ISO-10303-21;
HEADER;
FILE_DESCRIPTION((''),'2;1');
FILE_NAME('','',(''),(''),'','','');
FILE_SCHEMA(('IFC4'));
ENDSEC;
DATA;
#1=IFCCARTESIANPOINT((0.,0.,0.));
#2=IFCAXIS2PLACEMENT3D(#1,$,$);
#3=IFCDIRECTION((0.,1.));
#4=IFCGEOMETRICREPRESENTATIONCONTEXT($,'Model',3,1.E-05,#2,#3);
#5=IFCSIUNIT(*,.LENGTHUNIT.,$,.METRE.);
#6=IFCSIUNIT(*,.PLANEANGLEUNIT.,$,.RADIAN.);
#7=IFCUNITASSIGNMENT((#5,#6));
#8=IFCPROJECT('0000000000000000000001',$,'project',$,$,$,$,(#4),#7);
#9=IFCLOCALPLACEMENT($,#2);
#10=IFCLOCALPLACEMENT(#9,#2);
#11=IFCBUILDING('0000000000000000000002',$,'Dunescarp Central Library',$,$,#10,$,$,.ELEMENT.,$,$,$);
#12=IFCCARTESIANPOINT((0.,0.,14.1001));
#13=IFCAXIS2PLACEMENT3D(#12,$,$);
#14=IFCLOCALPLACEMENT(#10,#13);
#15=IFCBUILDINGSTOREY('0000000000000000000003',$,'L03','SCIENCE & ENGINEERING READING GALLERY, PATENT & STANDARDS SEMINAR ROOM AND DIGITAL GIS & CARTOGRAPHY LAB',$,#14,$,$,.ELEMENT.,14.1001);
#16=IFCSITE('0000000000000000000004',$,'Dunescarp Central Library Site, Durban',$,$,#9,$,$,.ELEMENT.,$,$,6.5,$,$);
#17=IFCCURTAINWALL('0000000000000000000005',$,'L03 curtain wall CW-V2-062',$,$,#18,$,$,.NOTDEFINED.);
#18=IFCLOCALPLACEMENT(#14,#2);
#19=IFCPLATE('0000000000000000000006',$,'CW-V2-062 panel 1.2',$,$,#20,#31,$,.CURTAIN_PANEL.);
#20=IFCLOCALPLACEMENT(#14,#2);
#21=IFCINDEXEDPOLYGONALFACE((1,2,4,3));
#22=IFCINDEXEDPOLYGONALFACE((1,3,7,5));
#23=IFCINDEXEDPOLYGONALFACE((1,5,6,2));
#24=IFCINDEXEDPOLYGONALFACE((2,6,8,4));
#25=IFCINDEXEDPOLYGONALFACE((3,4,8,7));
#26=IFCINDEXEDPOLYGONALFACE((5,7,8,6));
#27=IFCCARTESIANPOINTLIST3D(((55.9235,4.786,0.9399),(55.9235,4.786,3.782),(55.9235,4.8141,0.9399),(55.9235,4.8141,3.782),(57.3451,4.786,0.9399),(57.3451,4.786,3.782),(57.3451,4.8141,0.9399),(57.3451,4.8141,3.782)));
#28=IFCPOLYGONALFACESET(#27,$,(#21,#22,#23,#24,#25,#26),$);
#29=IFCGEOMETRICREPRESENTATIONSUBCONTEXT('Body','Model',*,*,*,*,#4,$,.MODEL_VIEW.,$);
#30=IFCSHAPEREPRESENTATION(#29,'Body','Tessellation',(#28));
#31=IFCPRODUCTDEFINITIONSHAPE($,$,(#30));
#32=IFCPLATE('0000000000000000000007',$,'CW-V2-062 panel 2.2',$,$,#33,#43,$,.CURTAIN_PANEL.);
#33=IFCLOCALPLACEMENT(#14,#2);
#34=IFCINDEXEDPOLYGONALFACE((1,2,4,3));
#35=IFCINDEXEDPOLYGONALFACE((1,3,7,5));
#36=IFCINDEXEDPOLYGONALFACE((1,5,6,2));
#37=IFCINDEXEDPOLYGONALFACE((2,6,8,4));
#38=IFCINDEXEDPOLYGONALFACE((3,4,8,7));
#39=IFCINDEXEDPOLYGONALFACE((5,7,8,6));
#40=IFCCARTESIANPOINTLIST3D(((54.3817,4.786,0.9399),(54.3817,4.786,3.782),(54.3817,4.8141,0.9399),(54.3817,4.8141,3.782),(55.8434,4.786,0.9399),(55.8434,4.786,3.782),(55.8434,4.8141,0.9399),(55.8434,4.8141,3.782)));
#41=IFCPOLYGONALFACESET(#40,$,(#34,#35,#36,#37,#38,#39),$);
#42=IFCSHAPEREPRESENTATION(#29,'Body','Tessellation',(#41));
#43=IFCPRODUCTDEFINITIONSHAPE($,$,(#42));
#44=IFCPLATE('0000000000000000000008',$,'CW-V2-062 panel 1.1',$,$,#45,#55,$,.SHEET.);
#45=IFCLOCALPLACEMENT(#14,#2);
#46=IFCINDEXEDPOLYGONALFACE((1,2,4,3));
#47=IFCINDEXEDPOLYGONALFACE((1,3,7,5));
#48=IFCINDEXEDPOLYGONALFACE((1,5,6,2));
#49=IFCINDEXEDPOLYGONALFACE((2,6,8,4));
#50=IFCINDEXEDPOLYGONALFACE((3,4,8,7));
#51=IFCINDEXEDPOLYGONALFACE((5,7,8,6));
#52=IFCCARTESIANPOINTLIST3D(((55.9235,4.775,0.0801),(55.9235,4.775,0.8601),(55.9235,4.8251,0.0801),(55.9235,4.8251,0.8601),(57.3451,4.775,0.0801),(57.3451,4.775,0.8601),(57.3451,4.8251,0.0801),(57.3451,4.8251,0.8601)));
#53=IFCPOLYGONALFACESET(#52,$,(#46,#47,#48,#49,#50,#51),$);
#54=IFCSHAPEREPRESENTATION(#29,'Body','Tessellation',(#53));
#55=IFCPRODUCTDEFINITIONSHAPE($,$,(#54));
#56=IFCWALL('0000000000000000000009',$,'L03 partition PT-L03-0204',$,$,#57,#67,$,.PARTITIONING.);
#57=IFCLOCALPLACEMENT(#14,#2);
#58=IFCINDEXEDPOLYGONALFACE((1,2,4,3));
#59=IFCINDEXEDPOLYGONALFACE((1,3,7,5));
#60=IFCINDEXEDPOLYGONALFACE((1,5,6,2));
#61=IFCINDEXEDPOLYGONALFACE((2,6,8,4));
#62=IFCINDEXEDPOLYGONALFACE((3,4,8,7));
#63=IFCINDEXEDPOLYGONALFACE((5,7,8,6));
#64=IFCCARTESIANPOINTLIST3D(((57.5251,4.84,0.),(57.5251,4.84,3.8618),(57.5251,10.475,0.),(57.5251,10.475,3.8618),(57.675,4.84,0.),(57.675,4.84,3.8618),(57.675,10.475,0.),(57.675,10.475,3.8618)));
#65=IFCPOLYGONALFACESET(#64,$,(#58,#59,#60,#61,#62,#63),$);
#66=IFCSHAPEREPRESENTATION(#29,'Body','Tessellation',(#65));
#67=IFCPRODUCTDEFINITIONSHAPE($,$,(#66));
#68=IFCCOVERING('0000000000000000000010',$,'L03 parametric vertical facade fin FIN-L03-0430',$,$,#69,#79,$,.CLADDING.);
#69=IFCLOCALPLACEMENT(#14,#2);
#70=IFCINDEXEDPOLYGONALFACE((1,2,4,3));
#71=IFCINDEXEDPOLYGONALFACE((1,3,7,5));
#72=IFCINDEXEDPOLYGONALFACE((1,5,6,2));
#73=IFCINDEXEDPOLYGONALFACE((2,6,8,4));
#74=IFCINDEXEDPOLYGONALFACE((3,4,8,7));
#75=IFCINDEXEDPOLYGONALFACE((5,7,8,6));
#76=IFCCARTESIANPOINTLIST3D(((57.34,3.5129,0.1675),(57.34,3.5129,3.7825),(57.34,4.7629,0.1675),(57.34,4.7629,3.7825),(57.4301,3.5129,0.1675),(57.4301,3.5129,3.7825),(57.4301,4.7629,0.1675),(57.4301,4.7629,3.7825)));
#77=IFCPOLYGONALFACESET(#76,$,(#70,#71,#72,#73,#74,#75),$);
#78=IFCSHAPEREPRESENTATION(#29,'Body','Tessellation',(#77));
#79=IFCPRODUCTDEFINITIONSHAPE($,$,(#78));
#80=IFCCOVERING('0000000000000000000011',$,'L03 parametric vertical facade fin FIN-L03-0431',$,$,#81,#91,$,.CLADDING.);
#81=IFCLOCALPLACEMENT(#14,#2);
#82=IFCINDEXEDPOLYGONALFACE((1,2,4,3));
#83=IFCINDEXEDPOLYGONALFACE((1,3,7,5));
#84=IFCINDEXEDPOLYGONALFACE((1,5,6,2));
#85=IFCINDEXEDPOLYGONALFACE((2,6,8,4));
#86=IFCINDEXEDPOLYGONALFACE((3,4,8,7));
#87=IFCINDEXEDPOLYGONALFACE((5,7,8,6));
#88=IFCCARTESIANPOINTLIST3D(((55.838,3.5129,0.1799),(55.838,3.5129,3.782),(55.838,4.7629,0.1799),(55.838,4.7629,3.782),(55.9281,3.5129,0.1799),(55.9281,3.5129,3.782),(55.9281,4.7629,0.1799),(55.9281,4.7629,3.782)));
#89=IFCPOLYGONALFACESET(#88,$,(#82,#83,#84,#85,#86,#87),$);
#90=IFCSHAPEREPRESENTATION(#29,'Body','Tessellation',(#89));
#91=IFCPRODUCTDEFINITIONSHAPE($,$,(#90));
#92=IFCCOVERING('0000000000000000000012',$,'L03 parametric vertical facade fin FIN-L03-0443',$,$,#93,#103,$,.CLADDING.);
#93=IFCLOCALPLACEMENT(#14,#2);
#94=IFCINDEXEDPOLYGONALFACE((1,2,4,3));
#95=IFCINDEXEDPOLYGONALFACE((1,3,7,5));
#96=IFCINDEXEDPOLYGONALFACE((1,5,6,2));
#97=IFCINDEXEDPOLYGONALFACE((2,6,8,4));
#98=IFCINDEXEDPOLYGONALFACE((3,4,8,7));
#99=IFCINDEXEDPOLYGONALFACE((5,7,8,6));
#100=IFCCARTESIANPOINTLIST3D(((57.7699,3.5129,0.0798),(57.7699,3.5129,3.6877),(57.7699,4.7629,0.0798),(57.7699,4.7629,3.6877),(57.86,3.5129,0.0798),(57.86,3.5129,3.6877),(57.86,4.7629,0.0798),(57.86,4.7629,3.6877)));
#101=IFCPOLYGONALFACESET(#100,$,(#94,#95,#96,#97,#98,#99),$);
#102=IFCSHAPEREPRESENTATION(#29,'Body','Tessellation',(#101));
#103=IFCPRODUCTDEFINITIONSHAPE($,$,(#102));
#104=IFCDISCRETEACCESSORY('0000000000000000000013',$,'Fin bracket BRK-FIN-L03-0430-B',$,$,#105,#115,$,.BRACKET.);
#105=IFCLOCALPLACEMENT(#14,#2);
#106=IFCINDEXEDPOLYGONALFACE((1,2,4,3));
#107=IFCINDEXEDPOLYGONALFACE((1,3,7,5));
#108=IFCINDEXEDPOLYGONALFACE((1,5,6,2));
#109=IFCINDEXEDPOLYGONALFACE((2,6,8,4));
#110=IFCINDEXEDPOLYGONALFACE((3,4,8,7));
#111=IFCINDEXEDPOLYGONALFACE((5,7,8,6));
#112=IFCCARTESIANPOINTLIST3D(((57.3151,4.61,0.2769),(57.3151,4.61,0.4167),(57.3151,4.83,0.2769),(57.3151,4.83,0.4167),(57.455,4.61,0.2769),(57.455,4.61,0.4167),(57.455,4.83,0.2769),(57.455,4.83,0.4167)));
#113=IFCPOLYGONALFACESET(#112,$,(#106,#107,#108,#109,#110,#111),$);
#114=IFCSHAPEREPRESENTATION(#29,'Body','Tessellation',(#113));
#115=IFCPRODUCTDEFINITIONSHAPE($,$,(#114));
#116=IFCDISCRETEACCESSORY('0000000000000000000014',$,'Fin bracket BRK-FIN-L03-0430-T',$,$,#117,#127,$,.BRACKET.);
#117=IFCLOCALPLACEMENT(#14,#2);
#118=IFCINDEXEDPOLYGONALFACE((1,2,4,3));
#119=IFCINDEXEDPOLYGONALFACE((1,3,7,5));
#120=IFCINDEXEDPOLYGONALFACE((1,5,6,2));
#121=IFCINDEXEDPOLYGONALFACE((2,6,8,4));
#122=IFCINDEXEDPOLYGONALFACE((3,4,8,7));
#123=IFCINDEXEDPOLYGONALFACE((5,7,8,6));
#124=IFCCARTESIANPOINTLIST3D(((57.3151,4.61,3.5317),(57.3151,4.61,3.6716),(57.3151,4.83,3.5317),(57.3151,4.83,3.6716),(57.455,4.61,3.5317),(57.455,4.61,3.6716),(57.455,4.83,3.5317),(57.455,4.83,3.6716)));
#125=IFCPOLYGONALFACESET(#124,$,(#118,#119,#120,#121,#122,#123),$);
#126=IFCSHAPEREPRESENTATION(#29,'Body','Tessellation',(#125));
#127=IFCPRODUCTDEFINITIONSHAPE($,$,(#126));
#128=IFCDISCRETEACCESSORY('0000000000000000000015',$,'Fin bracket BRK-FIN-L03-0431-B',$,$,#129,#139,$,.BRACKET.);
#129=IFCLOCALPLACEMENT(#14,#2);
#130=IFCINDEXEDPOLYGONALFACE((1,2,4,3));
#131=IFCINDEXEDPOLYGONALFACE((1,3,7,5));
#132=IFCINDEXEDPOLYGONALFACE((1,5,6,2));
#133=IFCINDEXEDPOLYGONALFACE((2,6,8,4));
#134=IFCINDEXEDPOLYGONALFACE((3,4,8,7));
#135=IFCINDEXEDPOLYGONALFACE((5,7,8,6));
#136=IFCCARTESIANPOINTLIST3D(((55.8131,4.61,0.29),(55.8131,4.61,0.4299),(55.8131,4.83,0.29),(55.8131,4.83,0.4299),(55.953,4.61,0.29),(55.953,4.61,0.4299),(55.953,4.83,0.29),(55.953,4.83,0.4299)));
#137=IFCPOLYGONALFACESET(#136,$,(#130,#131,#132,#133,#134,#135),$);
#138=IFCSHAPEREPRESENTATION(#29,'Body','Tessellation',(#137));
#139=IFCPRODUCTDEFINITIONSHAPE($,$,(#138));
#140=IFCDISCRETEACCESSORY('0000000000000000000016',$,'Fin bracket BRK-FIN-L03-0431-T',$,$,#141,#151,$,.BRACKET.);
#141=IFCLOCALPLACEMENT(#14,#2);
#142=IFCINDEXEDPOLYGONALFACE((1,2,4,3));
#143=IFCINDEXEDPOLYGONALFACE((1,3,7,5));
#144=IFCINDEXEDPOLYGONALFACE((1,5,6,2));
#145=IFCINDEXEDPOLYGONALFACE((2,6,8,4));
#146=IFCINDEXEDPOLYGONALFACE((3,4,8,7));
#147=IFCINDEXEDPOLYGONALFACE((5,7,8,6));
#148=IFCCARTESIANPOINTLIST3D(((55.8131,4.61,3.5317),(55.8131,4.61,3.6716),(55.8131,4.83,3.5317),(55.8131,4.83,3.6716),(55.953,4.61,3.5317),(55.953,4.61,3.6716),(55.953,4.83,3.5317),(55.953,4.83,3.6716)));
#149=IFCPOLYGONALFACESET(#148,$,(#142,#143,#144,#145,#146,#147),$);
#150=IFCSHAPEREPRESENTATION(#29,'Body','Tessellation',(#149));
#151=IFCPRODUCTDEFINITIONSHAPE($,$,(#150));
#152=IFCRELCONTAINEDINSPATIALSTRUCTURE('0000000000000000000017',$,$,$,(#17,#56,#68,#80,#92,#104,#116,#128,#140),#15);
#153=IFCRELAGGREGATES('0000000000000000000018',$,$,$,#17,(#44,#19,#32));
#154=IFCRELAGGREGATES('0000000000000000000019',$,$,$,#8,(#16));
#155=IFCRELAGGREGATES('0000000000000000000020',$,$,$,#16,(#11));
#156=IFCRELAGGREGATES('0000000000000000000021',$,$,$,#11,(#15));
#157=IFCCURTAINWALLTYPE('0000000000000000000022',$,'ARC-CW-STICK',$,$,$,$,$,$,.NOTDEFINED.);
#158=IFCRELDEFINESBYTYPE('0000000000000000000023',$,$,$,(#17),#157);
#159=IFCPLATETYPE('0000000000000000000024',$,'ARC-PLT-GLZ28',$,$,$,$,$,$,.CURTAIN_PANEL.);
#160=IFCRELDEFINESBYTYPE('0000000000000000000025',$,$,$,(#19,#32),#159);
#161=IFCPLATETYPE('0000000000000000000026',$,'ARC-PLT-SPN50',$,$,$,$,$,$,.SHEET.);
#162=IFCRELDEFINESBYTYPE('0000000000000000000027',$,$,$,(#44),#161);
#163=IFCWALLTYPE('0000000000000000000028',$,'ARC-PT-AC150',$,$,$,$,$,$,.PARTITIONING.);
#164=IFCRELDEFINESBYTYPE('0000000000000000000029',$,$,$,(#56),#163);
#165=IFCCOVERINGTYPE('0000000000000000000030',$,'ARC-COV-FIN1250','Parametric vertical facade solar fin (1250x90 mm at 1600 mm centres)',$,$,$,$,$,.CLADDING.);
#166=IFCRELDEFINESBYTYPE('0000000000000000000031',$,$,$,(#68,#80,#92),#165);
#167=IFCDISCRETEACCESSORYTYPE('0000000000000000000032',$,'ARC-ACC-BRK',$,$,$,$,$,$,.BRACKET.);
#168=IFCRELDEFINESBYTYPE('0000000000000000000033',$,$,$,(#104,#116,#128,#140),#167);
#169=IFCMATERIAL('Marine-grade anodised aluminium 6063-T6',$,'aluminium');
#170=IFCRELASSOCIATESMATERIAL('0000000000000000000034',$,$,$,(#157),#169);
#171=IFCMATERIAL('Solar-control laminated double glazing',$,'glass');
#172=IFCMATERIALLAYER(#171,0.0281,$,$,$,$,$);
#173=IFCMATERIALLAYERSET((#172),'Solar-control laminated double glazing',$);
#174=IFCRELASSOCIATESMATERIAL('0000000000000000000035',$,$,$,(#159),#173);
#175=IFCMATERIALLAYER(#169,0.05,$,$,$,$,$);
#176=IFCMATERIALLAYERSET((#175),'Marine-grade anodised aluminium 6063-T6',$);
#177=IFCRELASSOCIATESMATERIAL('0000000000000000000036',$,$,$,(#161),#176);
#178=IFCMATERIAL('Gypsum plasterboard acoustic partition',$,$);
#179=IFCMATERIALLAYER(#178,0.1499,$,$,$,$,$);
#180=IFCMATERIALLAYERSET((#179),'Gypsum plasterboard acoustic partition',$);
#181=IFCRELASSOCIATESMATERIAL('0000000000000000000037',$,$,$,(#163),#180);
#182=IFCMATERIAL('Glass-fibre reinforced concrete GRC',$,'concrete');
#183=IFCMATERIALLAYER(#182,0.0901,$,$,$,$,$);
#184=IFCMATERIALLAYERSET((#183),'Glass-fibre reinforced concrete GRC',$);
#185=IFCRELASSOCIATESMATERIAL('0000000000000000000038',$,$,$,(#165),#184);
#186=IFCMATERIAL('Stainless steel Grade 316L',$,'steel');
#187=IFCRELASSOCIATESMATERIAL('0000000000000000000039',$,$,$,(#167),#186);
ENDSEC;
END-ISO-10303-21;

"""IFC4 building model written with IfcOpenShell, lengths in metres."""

from ifc_helpers import new_model, si_unit, direction, frame, frame_2d, origin, origin_2d, place, context, subcontext, project, spatial, rectangle, extrude, material, layer, layer_set, type_object, element, aggregate, save


model = new_model("IFC4")

# Units and contexts
model_context = context("Model", 3, precision=1e-05, world=origin(), true_north=direction((0.0, 1.0)))
body_context = subcontext(model_context, "Body", "Model", "MODEL_VIEW")
ifc_project = project(units=[si_unit("LENGTHUNIT", "METRE"), si_unit("PLANEANGLEUNIT", "RADIAN")], contexts=[model_context])

# Site, building, storey
site_placement = place(None, origin())
site = spatial("IfcSite", under=ifc_project, at=site_placement, Name="Dunescarp Central Library Site, Durban", CompositionType="ELEMENT", RefElevation=6.5)
building_placement = place(site_placement, origin())
building = spatial("IfcBuilding", under=site, at=building_placement, Name="Dunescarp Central Library", CompositionType="ELEMENT")
storey_placement = place(building_placement, frame((0.0, 0.0, 14.1001)))
storey = spatial("IfcBuildingStorey", under=building, at=storey_placement, Name="L03", Description="SCIENCE & ENGINEERING READING GALLERY, PATENT & STANDARDS SEMINAR ROOM AND DIGITAL GIS & CARTOGRAPHY LAB", CompositionType="ELEMENT", Elevation=14.1001)

# Curtain wall
ifc_material_1 = material(Name="Marine-grade anodised aluminium 6063-T6", Category="aluminium")
curtain_wall_type = type_object("IfcCurtainWallType", Name="ARC-CW-STICK", PredefinedType="NOTDEFINED", material=ifc_material_1)
curtain_wall_placement = place(storey_placement, origin())
curtain_wall = element("IfcCurtainWall", 1, at=curtain_wall_placement, inside=storey, type_object=curtain_wall_type, Name="L03 curtain wall CW-V2-062", PredefinedType="NOTDEFINED")

# Plates
ifc_material_2 = material(Name="Solar-control laminated double glazing", Category="glass")
ifc_layer_1 = layer(ifc_material_2, 0.0281)
ifc_layer_set_1 = layer_set([ifc_layer_1], Name="Solar-control laminated double glazing")
plate_type_1 = type_object("IfcPlateType", Name="ARC-PLT-GLZ28", PredefinedType="CURTAIN_PANEL", material=ifc_layer_set_1)
plate_1_placement = place(storey_placement, frame((56.6343, 4.8, 0.9399), z_axis=(0.0, 0.0, 1.0), x_axis=(-1.0, 0.0, 0.0)))
plate_1 = element("IfcPlate", 2, at=plate_1_placement, type_object=plate_type_1, Name="CW-V2-062 panel 1.2", PredefinedType="CURTAIN_PANEL", context=body_context, shape_type="SweptSolid", body=[
    extrude(rectangle(XDim=1.4216, YDim=0.0281, at=origin_2d()), origin(), (0.0, 0.0, 1.0), 2.842),
])
plate_2_placement = place(storey_placement, frame((55.1125, 4.8, 0.9399), z_axis=(0.0, 0.0, 1.0), x_axis=(-1.0, 0.0, 0.0)))
plate_2 = element("IfcPlate", 3, at=plate_2_placement, type_object=plate_type_1, Name="CW-V2-062 panel 2.2", PredefinedType="CURTAIN_PANEL", context=body_context, shape_type="SweptSolid", body=[
    extrude(rectangle(XDim=1.4617, YDim=0.0281, at=origin_2d()), origin(), (0.0, 0.0, 1.0), 2.842),
])
ifc_layer_2 = layer(ifc_material_1, 0.05)
ifc_layer_set_2 = layer_set([ifc_layer_2], Name="Marine-grade anodised aluminium 6063-T6")
plate_type_2 = type_object("IfcPlateType", Name="ARC-PLT-SPN50", PredefinedType="SHEET", material=ifc_layer_set_2)
plate_3_placement = place(storey_placement, frame((56.6343, 4.8, 0.0801), z_axis=(0.0, 0.0, 1.0), x_axis=(-1.0, 0.0, 0.0)))
plate_3 = element("IfcPlate", 4, at=plate_3_placement, type_object=plate_type_2, Name="CW-V2-062 panel 1.1", PredefinedType="SHEET", context=body_context, shape_type="SweptSolid", body=[
    extrude(rectangle(XDim=1.4216, YDim=0.05, at=origin_2d()), origin(), (0.0, 0.0, 1.0), 0.78),
])
aggregate(curtain_wall, [plate_3, plate_1, plate_2])

# Wall
ifc_material_3 = material(Name="Gypsum plasterboard acoustic partition")
ifc_layer_3 = layer(ifc_material_3, 0.1499)
ifc_layer_set_3 = layer_set([ifc_layer_3], Name="Gypsum plasterboard acoustic partition")
wall_type = type_object("IfcWallType", Name="ARC-PT-AC150", PredefinedType="PARTITIONING", material=ifc_layer_set_3)
wall_placement = place(storey_placement, frame((57.6001, 4.8401, 0.0), z_axis=(0.0, 0.0, 1.0), x_axis=(0.0, 1.0, 0.0)))
element("IfcWall", 5, at=wall_placement, inside=storey, type_object=wall_type, Name="L03 partition PT-L03-0204", PredefinedType="PARTITIONING", context=body_context, shape_type="SweptSolid", body=[
    extrude(rectangle(XDim=5.635, YDim=0.1499, at=frame_2d((2.8174, 0.0))), origin(), (0.0, 0.0, 1.0), 3.8618),
])

# Coverings
ifc_material_4 = material(Name="Glass-fibre reinforced concrete GRC", Category="concrete")
ifc_layer_4 = layer(ifc_material_4, 0.0901)
ifc_layer_set_4 = layer_set([ifc_layer_4], Name="Glass-fibre reinforced concrete GRC")
covering_type = type_object("IfcCoveringType", Name="ARC-COV-FIN1250", Description="Parametric vertical facade solar fin (1250x90 mm at 1600 mm centres)", PredefinedType="CLADDING", material=ifc_layer_set_4)
covering_1_placement = place(storey_placement, frame((57.385, 4.1379, 0.1675), z_axis=(0.0, 0.0, 1.0), x_axis=(0.0, -1.0, 0.0)))
element("IfcCovering", 6, at=covering_1_placement, inside=storey, type_object=covering_type, Name="L03 parametric vertical facade fin FIN-L03-0430", PredefinedType="CLADDING", context=body_context, shape_type="SweptSolid", body=[
    extrude(rectangle(XDim=1.25, YDim=0.0901, at=origin_2d()), origin(), (0.0, 0.0, 1.0), 3.615),
])
covering_2_placement = place(storey_placement, frame((55.8831, 4.1379, 0.1799), z_axis=(0.0, 0.0, 1.0), x_axis=(0.0, -1.0, 0.0)))
element("IfcCovering", 7, at=covering_2_placement, inside=storey, type_object=covering_type, Name="L03 parametric vertical facade fin FIN-L03-0431", PredefinedType="CLADDING", context=body_context, shape_type="SweptSolid", body=[
    extrude(rectangle(XDim=1.25, YDim=0.0901, at=origin_2d()), origin(), (0.0, 0.0, 1.0), 3.6021),
])
covering_3_placement = place(storey_placement, frame((57.8149, 4.1379, 0.0798), z_axis=(0.0, 0.0, 1.0), x_axis=(0.0, -1.0, 0.0)))
element("IfcCovering", 8, at=covering_3_placement, inside=storey, type_object=covering_type, Name="L03 parametric vertical facade fin FIN-L03-0443", PredefinedType="CLADDING", context=body_context, shape_type="SweptSolid", body=[
    extrude(rectangle(XDim=1.25, YDim=0.0901, at=origin_2d()), origin(), (0.0, 0.0, 1.0), 3.6079),
])

# Discrete accessories
ifc_material_5 = material(Name="Stainless steel Grade 316L", Category="steel")
discrete_accessory_type = type_object("IfcDiscreteAccessoryType", Name="ARC-ACC-BRK", PredefinedType="BRACKET", material=ifc_material_5)
for number, where, z_axis, x_axis, name in (
    (9, (57.385, 4.72, 0.2769), (0.0, 0.0, 1.0), (0.0, -1.0, 0.0), "Fin bracket BRK-FIN-L03-0430-B"),
    (10, (57.385, 4.72, 3.5317), (0.0, 0.0, 1.0), (0.0, -1.0, 0.0), "Fin bracket BRK-FIN-L03-0430-T"),
    (11, (55.8831, 4.72, 0.29), (0.0, 0.0, 1.0), (0.0, -1.0, 0.0), "Fin bracket BRK-FIN-L03-0431-B"),
    (12, (55.8831, 4.72, 3.5317), (0.0, 0.0, 1.0), (0.0, -1.0, 0.0), "Fin bracket BRK-FIN-L03-0431-T"),
):
    element("IfcDiscreteAccessory", number, at=place(storey_placement, frame(where, z_axis=z_axis, x_axis=x_axis)), inside=storey, type_object=discrete_accessory_type, Name=name, PredefinedType="BRACKET", context=body_context, shape_type="SweptSolid", body=[
        extrude(rectangle(XDim=0.22, YDim=0.1399, at=origin_2d()), origin(), (0.0, 0.0, 1.0), 0.1399),
    ])

save(model, "model.ifc")
